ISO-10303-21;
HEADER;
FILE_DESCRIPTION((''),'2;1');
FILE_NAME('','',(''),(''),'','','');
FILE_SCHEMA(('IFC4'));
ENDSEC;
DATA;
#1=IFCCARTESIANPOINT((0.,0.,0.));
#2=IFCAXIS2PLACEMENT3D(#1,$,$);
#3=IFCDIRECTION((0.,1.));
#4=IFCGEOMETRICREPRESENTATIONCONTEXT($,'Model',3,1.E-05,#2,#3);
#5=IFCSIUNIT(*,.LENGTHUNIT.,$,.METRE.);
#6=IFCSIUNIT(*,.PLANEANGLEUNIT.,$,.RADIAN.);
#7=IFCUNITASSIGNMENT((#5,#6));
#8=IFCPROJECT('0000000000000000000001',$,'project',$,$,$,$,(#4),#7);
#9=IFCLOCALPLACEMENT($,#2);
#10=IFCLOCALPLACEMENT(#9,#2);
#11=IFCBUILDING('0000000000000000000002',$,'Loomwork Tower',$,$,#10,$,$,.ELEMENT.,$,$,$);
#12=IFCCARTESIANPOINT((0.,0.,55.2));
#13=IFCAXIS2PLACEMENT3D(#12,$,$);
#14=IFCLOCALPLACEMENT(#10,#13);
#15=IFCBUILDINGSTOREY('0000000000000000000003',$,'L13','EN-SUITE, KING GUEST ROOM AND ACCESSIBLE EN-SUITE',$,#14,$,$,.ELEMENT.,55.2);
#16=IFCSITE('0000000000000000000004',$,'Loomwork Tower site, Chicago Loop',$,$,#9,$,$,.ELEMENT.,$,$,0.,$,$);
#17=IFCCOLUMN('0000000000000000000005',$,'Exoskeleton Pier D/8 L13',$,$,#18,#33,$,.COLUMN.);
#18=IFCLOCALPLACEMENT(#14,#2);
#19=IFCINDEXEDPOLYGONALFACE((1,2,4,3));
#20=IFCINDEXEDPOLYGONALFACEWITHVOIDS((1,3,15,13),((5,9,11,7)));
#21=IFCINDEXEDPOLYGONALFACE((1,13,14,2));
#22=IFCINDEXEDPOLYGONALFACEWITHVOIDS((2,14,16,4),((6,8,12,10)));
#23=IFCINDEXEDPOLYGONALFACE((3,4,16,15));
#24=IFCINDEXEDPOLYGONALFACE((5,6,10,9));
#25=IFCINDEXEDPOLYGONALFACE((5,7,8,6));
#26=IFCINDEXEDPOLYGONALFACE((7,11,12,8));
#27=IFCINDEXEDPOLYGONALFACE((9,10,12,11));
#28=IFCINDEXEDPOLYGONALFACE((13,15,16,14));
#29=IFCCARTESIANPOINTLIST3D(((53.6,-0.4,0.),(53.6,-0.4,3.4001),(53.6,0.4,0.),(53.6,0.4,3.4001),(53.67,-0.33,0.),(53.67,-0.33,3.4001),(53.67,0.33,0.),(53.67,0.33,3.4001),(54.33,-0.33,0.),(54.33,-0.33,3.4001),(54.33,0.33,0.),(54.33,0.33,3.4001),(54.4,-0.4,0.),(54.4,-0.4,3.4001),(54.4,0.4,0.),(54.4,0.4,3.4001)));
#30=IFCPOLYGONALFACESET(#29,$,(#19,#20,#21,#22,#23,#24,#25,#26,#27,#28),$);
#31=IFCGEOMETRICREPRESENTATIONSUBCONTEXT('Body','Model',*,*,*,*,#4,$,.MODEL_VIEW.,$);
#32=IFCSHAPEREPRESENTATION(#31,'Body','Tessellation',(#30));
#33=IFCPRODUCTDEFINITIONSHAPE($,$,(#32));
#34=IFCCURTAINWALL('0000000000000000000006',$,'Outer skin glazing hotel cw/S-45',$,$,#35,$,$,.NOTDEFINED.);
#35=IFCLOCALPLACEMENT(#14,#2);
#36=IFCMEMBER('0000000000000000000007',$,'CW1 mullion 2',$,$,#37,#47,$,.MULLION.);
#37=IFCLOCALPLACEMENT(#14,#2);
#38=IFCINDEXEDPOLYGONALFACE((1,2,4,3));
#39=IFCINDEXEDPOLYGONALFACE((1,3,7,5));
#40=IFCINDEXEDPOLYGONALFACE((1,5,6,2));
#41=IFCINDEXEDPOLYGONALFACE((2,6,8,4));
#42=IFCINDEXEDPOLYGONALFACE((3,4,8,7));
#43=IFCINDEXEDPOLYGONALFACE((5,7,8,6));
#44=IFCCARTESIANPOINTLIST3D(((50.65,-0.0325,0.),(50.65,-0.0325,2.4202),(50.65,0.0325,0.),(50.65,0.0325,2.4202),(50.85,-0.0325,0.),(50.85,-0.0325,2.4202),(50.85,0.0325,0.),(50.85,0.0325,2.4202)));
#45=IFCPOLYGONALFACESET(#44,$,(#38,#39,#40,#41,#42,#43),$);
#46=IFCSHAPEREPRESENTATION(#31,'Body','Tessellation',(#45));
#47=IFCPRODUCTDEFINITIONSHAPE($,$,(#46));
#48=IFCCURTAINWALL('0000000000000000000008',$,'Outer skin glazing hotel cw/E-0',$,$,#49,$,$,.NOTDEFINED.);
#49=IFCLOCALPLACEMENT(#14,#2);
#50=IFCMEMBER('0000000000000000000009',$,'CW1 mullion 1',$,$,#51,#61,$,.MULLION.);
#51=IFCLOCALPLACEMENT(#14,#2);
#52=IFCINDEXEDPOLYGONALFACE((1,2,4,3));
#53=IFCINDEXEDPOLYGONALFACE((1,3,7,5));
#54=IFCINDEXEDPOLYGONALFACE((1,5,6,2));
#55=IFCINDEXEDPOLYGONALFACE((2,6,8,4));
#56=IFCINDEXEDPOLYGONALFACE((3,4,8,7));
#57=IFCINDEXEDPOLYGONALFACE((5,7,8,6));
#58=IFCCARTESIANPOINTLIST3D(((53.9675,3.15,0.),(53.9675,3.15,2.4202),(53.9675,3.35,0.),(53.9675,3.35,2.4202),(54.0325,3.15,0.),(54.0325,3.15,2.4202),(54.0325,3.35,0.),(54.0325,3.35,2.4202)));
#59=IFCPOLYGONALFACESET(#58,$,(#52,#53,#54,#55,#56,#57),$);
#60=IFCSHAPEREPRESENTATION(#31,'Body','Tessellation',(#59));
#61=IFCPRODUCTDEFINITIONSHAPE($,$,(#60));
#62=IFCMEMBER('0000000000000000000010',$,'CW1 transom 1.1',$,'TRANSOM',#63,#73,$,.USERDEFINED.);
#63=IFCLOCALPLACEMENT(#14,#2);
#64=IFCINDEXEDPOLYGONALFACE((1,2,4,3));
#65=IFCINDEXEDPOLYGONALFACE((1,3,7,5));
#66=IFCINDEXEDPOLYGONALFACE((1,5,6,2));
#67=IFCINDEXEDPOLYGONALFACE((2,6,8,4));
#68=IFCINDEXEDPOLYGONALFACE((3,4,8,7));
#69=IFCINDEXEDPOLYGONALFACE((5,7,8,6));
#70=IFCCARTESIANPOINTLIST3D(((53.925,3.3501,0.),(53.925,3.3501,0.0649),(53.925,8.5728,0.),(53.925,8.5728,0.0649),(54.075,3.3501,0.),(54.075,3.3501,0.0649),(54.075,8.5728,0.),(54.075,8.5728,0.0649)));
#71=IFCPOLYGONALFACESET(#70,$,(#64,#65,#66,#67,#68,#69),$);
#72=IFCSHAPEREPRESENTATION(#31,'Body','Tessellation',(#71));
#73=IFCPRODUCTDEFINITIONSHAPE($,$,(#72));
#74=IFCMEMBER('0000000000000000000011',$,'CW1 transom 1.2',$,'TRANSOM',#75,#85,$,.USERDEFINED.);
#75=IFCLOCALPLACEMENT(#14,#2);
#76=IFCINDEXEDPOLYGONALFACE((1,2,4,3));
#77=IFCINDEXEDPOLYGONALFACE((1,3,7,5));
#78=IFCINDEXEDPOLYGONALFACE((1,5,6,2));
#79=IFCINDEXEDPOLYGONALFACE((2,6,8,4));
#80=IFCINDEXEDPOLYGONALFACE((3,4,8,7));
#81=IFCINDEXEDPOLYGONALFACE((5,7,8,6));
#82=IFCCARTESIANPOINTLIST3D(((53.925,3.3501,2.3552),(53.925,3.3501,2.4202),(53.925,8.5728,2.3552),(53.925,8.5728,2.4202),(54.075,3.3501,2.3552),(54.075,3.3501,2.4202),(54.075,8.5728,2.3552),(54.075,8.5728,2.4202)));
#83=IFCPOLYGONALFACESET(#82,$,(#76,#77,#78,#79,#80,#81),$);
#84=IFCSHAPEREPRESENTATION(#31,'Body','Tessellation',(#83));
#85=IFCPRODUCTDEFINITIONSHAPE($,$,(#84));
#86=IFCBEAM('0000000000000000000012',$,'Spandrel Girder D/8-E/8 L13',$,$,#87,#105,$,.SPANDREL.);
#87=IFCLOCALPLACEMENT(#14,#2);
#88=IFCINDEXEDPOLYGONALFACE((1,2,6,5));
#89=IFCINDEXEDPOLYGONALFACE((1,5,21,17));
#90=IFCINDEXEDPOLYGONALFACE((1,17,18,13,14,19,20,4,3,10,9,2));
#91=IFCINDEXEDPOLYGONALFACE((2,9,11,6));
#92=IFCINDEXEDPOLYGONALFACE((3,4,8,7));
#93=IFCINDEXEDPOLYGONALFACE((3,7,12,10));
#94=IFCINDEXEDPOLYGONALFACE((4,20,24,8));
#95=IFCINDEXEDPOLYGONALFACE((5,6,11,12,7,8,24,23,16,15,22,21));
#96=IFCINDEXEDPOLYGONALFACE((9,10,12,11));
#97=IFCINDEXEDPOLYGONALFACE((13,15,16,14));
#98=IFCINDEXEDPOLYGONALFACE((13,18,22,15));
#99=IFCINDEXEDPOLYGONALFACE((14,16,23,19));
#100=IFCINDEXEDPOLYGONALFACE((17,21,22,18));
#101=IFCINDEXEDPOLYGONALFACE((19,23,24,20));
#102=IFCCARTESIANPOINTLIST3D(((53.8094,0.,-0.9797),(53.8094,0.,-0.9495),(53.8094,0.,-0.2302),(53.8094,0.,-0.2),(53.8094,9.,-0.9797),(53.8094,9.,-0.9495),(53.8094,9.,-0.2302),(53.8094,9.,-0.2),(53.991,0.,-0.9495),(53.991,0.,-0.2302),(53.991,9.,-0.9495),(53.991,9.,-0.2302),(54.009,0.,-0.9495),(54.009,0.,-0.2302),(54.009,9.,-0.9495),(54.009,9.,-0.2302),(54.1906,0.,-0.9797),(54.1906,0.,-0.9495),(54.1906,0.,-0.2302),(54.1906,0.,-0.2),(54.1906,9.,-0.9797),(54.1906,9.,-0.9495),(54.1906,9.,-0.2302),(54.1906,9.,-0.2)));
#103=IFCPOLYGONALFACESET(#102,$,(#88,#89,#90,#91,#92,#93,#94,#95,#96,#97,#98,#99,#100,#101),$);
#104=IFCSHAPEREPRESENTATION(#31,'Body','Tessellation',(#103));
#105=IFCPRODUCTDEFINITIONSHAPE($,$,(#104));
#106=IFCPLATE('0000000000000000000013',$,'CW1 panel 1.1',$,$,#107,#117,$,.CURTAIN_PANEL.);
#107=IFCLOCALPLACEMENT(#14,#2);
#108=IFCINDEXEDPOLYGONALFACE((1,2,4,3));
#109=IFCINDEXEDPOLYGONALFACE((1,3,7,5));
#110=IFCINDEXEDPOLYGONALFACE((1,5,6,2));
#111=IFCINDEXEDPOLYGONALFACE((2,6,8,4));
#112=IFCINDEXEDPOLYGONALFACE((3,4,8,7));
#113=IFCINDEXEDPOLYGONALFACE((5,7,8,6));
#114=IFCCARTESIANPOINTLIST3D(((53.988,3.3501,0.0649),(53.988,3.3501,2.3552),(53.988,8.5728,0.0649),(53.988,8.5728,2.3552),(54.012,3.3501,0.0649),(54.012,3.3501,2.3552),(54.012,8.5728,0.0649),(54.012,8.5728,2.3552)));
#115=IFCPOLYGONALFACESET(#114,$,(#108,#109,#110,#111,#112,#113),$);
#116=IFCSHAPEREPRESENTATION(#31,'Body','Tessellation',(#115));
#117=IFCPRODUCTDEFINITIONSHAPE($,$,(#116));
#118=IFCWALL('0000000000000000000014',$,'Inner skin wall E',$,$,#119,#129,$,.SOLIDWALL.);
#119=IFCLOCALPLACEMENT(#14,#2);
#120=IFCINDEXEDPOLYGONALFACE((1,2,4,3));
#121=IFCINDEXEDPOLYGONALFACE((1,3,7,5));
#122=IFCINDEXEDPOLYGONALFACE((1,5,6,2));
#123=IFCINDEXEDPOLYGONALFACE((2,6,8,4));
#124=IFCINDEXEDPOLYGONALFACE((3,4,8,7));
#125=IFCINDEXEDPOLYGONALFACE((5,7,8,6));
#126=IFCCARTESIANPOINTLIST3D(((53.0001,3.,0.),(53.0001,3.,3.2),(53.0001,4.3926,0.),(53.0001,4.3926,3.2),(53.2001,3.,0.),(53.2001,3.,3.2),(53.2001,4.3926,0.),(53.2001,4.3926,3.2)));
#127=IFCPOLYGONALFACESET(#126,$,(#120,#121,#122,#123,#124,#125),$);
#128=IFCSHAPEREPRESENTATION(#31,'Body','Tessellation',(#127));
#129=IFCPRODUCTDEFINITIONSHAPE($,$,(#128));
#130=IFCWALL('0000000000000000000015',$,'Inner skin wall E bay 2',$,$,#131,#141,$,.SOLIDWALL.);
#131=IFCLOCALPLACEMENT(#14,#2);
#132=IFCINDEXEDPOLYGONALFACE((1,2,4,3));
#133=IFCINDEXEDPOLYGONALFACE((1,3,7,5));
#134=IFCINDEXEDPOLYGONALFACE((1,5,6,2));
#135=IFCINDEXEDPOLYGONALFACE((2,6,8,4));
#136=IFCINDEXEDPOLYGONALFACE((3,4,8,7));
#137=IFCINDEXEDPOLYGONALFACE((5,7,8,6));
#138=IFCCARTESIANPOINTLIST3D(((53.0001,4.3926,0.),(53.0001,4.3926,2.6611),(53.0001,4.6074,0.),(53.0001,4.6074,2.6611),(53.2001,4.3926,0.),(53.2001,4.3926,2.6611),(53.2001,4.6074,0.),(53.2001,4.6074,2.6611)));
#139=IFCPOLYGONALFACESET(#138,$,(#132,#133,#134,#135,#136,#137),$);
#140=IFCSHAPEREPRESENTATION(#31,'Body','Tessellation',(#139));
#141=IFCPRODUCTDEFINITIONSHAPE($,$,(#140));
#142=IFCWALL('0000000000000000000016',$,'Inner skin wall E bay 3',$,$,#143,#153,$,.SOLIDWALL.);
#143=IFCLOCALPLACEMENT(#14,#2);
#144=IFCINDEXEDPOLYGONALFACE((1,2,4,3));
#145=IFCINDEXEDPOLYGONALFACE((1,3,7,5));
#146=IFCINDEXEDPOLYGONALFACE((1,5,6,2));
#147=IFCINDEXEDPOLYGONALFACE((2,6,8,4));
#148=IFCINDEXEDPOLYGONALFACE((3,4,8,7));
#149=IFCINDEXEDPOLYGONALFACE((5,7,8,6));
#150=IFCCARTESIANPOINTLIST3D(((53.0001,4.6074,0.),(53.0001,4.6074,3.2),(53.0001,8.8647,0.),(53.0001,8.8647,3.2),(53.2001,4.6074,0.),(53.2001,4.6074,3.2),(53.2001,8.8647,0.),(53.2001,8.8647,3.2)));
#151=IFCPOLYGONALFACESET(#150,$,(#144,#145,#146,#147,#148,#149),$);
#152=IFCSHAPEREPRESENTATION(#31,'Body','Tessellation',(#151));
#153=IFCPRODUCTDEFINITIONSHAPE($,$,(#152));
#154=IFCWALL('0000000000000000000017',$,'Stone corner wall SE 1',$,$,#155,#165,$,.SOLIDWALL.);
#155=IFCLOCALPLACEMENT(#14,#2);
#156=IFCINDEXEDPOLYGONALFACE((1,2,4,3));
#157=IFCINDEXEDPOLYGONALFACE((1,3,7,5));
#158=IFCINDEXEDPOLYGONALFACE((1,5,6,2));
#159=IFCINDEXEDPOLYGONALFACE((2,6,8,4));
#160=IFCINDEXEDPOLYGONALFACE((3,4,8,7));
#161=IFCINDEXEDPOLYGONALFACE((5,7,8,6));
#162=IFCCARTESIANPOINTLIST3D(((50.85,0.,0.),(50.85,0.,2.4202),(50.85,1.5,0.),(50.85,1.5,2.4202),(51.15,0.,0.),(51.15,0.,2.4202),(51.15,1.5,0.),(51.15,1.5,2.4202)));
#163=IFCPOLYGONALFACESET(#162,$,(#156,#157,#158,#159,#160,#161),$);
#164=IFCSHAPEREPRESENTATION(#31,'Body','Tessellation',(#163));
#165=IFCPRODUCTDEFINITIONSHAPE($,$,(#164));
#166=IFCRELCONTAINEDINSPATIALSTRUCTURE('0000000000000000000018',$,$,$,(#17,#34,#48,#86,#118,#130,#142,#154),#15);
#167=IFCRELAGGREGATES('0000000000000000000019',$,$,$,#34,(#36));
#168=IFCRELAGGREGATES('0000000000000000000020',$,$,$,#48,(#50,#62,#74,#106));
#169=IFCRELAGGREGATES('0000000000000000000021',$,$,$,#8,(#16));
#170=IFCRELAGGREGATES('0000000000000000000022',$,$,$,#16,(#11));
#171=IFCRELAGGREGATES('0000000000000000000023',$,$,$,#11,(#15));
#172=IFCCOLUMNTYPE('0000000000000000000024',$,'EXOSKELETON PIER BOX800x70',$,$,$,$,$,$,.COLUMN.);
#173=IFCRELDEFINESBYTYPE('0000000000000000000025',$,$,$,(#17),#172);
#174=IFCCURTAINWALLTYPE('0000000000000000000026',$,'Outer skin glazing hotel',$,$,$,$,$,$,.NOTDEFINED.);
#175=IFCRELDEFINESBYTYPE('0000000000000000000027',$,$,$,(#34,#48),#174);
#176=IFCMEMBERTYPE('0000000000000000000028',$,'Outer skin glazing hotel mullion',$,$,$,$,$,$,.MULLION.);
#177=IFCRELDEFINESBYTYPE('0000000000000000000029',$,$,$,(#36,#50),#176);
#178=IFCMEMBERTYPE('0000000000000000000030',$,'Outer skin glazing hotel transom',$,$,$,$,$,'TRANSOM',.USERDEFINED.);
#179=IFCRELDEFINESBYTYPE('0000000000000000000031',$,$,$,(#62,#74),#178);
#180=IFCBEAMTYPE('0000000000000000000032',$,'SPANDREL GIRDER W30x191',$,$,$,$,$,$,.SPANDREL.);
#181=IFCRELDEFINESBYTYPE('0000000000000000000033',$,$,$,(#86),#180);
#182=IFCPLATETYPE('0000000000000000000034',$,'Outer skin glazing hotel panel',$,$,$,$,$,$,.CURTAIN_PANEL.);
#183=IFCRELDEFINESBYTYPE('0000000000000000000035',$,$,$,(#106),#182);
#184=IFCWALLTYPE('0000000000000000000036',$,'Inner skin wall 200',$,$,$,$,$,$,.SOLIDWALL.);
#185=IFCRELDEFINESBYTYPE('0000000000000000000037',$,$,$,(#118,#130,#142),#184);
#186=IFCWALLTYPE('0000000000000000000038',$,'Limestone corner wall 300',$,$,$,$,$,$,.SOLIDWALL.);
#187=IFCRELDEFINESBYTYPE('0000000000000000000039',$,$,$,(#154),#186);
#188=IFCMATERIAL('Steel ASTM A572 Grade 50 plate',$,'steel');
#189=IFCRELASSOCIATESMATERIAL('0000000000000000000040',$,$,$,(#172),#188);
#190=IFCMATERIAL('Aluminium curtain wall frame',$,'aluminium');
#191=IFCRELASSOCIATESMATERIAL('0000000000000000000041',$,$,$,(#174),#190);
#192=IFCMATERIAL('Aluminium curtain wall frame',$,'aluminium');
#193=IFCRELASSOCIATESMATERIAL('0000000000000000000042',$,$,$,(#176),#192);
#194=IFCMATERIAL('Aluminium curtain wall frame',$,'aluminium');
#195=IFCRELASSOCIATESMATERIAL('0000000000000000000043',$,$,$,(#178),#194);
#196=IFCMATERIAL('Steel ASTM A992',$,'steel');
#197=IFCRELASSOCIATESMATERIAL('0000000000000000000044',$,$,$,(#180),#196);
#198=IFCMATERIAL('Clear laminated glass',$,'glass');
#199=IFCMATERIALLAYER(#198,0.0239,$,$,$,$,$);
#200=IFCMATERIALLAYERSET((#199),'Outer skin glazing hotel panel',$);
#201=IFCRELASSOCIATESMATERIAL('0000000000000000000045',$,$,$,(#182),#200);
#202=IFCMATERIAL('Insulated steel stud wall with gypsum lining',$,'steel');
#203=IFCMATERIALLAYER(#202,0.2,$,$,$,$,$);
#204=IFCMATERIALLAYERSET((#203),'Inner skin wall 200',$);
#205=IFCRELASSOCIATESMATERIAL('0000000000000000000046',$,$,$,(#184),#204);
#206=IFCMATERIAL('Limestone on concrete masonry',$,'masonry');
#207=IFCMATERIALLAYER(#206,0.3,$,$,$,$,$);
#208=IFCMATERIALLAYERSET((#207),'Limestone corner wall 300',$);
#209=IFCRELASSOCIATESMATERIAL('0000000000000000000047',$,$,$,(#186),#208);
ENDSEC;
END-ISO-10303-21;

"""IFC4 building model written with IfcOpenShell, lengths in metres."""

from ifc_helpers import new_model, si_unit, direction, frame, frame_2d, origin, origin_2d, place, context, subcontext, project, spatial, rectangle, hollow_rectangle, i_section, extrude, material, layer, layer_set, material_profile, profile_set, type_object, element, aggregate, save


model = new_model("IFC4")

# Units and contexts
model_context = context("Model", 3, precision=1e-05, world=origin(), true_north=direction((0.0, 1.0)))
body_context = subcontext(model_context, "Body", "Model", "MODEL_VIEW")
ifc_project = project(units=[si_unit("LENGTHUNIT", "METRE"), si_unit("PLANEANGLEUNIT", "RADIAN")], contexts=[model_context])

# Site, building, storey
site_placement = place(None, origin())
site = spatial("IfcSite", under=ifc_project, at=site_placement, Name="Loomwork Tower site, Chicago Loop", CompositionType="ELEMENT", RefElevation=0.0)
building_placement = place(site_placement, origin())
building = spatial("IfcBuilding", under=site, at=building_placement, Name="Loomwork Tower", CompositionType="ELEMENT")
storey_placement = place(building_placement, frame((0.0, 0.0, 55.2)))
storey = spatial("IfcBuildingStorey", under=building, at=storey_placement, Name="L13", Description="EN-SUITE, KING GUEST ROOM AND ACCESSIBLE EN-SUITE", CompositionType="ELEMENT", Elevation=55.2)

# Column
ifc_material_1 = material(Name="Steel ASTM A572 Grade 50 plate", Category="steel")
ifc_material_profile_1 = material_profile(ifc_material_1, hollow_rectangle(XDim=0.8, YDim=0.8, WallThickness=0.0701, at=origin_2d()), Name="BOX800x70")
ifc_profile_set_1 = profile_set([ifc_material_profile_1], Name="Steel ASTM A572 Grade 50 plate")
column_type = type_object("IfcColumnType", Name="EXOSKELETON PIER BOX800x70", PredefinedType="COLUMN", material=ifc_profile_set_1)
column_placement = place(storey_placement, frame((54.0, 0.0, 0.0), z_axis=(0.0, 0.0, 1.0), x_axis=(1.0, 0.0, 0.0)))
element("IfcColumn", 1, at=column_placement, inside=storey, type_object=column_type, Name="Exoskeleton Pier D/8 L13", PredefinedType="COLUMN", context=body_context, shape_type="SweptSolid", body=[
    extrude(hollow_rectangle(XDim=0.8, YDim=0.8, WallThickness=0.0701, at=origin_2d()), origin(), (0.0, 0.0, 1.0), 3.4001),
])

# Curtain wall, member
ifc_material_2 = material(Name="Aluminium curtain wall frame", Category="aluminium")
curtain_wall_type = type_object("IfcCurtainWallType", Name="Outer skin glazing hotel", PredefinedType="NOTDEFINED", material=ifc_material_2)
curtain_wall_1_placement = place(storey_placement, origin())
curtain_wall_1 = element("IfcCurtainWall", 2, at=curtain_wall_1_placement, inside=storey, type_object=curtain_wall_type, Name="Outer skin glazing hotel cw/S-45", PredefinedType="NOTDEFINED")
ifc_material_3 = material(Name="Aluminium curtain wall frame", Category="aluminium")
ifc_material_profile_2 = material_profile(ifc_material_3, rectangle(XDim=0.0649, YDim=0.2, at=origin_2d()), Name="AL 65x200")
ifc_profile_set_2 = profile_set([ifc_material_profile_2], Name="Aluminium curtain wall frame")
member_type_1 = type_object("IfcMemberType", Name="Outer skin glazing hotel mullion", PredefinedType="MULLION", material=ifc_profile_set_2)
member_1_placement = place(storey_placement, frame((50.75, 0.0, 0.0), z_axis=(0.0, 0.0, 1.0), x_axis=(0.0, 1.0, 0.0)))
member_1 = element("IfcMember", 3, at=member_1_placement, type_object=member_type_1, Name="CW1 mullion 2", PredefinedType="MULLION", context=body_context, shape_type="SweptSolid", body=[
    extrude(rectangle(XDim=0.0649, YDim=0.2, at=origin_2d()), origin(), (0.0, 0.0, 1.0), 2.4202),
])
aggregate(curtain_wall_1, [member_1])

# Curtain wall, members
curtain_wall_2_placement = place(storey_placement, origin())
curtain_wall_2 = element("IfcCurtainWall", 4, at=curtain_wall_2_placement, inside=storey, type_object=curtain_wall_type, Name="Outer skin glazing hotel cw/E-0", PredefinedType="NOTDEFINED")
member_2_placement = place(storey_placement, frame((54.0, 3.25, 0.0), z_axis=(0.0, 0.0, 1.0), x_axis=(-1.0, 0.0, 0.0)))
member_2 = element("IfcMember", 5, at=member_2_placement, type_object=member_type_1, Name="CW1 mullion 1", PredefinedType="MULLION", context=body_context, shape_type="SweptSolid", body=[
    extrude(rectangle(XDim=0.0649, YDim=0.2, at=origin_2d()), origin(), (0.0, 0.0, 1.0), 2.4202),
])
ifc_material_4 = material(Name="Aluminium curtain wall frame", Category="aluminium")
ifc_material_profile_3 = material_profile(ifc_material_4, rectangle(XDim=0.1499, YDim=0.0649, at=origin_2d()), Name="AL 65x150")
ifc_profile_set_3 = profile_set([ifc_material_profile_3], Name="Aluminium curtain wall frame")
member_type_2 = type_object("IfcMemberType", Name="Outer skin glazing hotel transom", ElementType="TRANSOM", PredefinedType="USERDEFINED", material=ifc_profile_set_3)
member_3_placement = place(storey_placement, frame((54.0, 3.3501, 0.0325), z_axis=(0.0, 1.0, 0.0), x_axis=(-1.0, 0.0, 0.0)))
member_3 = element("IfcMember", 6, at=member_3_placement, type_object=member_type_2, Name="CW1 transom 1.1", ObjectType="TRANSOM", PredefinedType="USERDEFINED", context=body_context, shape_type="SweptSolid", body=[
    extrude(rectangle(XDim=0.1499, YDim=0.0649, at=origin_2d()), origin(), (0.0, 0.0, 1.0), 5.2227),
])
member_4_placement = place(storey_placement, frame((54.0, 3.3501, 2.3877), z_axis=(0.0, 1.0, 0.0), x_axis=(-1.0, 0.0, 0.0)))
member_4 = element("IfcMember", 7, at=member_4_placement, type_object=member_type_2, Name="CW1 transom 1.2", ObjectType="TRANSOM", PredefinedType="USERDEFINED", context=body_context, shape_type="SweptSolid", body=[
    extrude(rectangle(XDim=0.1499, YDim=0.0649, at=origin_2d()), origin(), (0.0, 0.0, 1.0), 5.2227),
])

# Beam
ifc_material_5 = material(Name="Steel ASTM A992", Category="steel")
ifc_material_profile_4 = material_profile(ifc_material_5, i_section(OverallWidth=0.3811, OverallDepth=0.7798, WebThickness=0.0181, FlangeThickness=0.0303, at=origin_2d()), Name="W30x191")
ifc_profile_set_4 = profile_set([ifc_material_profile_4], Name="Steel ASTM A992")
beam_type = type_object("IfcBeamType", Name="SPANDREL GIRDER W30x191", PredefinedType="SPANDREL", material=ifc_profile_set_4)
beam_placement = place(storey_placement, frame((54.0, 0.0, -0.5898), z_axis=(0.0, 1.0, 0.0), x_axis=(-1.0, 0.0, 0.0)))
element("IfcBeam", 8, at=beam_placement, inside=storey, type_object=beam_type, Name="Spandrel Girder D/8-E/8 L13", PredefinedType="SPANDREL", context=body_context, shape_type="SweptSolid", body=[
    extrude(i_section(OverallWidth=0.3811, OverallDepth=0.7798, WebThickness=0.0181, FlangeThickness=0.0303, at=origin_2d()), origin(), (0.0, 0.0, 1.0), 9.0),
])

# Plate
ifc_material_6 = material(Name="Clear laminated glass", Category="glass")
ifc_layer_1 = layer(ifc_material_6, 0.0239)
ifc_layer_set_1 = layer_set([ifc_layer_1], Name="Outer skin glazing hotel panel")
plate_type = type_object("IfcPlateType", Name="Outer skin glazing hotel panel", PredefinedType="CURTAIN_PANEL", material=ifc_layer_set_1)
plate_placement = place(storey_placement, frame((54.0, 5.9614, 0.0649), z_axis=(0.0, 0.0, 1.0), x_axis=(0.0, 1.0, 0.0)))
plate = element("IfcPlate", 9, at=plate_placement, type_object=plate_type, Name="CW1 panel 1.1", PredefinedType="CURTAIN_PANEL", context=body_context, shape_type="SweptSolid", body=[
    extrude(rectangle(XDim=5.2227, YDim=0.0239, at=origin_2d()), origin(), (0.0, 0.0, 1.0), 2.2903),
])
aggregate(curtain_wall_2, [member_2, member_3, member_4, plate])

# Walls
ifc_material_7 = material(Name="Insulated steel stud wall with gypsum lining", Category="steel")
ifc_layer_2 = layer(ifc_material_7, 0.2)
ifc_layer_set_2 = layer_set([ifc_layer_2], Name="Inner skin wall 200")
wall_type_1 = type_object("IfcWallType", Name="Inner skin wall 200", PredefinedType="SOLIDWALL", material=ifc_layer_set_2)
wall_1_placement = place(storey_placement, frame((53.1001, 3.0, 0.0), z_axis=(0.0, 0.0, 1.0), x_axis=(0.0, 1.0, 0.0)))
element("IfcWall", 10, at=wall_1_placement, inside=storey, type_object=wall_type_1, Name="Inner skin wall E", PredefinedType="SOLIDWALL", context=body_context, shape_type="SweptSolid", body=[
    extrude(rectangle(XDim=1.3926, YDim=0.2, at=frame_2d((0.6963, 0.0))), origin(), (0.0, 0.0, 1.0), 3.2),
])
wall_2_placement = place(storey_placement, frame((53.1001, 4.3926, 0.0), z_axis=(0.0, 0.0, 1.0), x_axis=(0.0, 1.0, 0.0)))
element("IfcWall", 11, at=wall_2_placement, inside=storey, type_object=wall_type_1, Name="Inner skin wall E bay 2", PredefinedType="SOLIDWALL", context=body_context, shape_type="SweptSolid", body=[
    extrude(rectangle(XDim=0.2148, YDim=0.2, at=frame_2d((0.1074, 0.0))), origin(), (0.0, 0.0, 1.0), 2.6611),
])
wall_3_placement = place(storey_placement, frame((53.1001, 4.6074, 0.0), z_axis=(0.0, 0.0, 1.0), x_axis=(0.0, 1.0, 0.0)))
element("IfcWall", 12, at=wall_3_placement, inside=storey, type_object=wall_type_1, Name="Inner skin wall E bay 3", PredefinedType="SOLIDWALL", context=body_context, shape_type="SweptSolid", body=[
    extrude(rectangle(XDim=4.2573, YDim=0.2, at=frame_2d((2.1287, 0.0))), origin(), (0.0, 0.0, 1.0), 3.2),
])
ifc_material_8 = material(Name="Limestone on concrete masonry", Category="masonry")
ifc_layer_3 = layer(ifc_material_8, 0.3)
ifc_layer_set_3 = layer_set([ifc_layer_3], Name="Limestone corner wall 300")
wall_type_2 = type_object("IfcWallType", Name="Limestone corner wall 300", PredefinedType="SOLIDWALL", material=ifc_layer_set_3)
wall_4_placement = place(storey_placement, frame((51.0, 0.0, 0.0), z_axis=(0.0, 0.0, 1.0), x_axis=(0.0, 1.0, 0.0)))
element("IfcWall", 13, at=wall_4_placement, inside=storey, type_object=wall_type_2, Name="Stone corner wall SE 1", PredefinedType="SOLIDWALL", context=body_context, shape_type="SweptSolid", body=[
    extrude(rectangle(XDim=1.5, YDim=0.3, at=frame_2d((0.75, 0.0))), origin(), (0.0, 0.0, 1.0), 2.4202),
])

save(model, "model.ifc")
